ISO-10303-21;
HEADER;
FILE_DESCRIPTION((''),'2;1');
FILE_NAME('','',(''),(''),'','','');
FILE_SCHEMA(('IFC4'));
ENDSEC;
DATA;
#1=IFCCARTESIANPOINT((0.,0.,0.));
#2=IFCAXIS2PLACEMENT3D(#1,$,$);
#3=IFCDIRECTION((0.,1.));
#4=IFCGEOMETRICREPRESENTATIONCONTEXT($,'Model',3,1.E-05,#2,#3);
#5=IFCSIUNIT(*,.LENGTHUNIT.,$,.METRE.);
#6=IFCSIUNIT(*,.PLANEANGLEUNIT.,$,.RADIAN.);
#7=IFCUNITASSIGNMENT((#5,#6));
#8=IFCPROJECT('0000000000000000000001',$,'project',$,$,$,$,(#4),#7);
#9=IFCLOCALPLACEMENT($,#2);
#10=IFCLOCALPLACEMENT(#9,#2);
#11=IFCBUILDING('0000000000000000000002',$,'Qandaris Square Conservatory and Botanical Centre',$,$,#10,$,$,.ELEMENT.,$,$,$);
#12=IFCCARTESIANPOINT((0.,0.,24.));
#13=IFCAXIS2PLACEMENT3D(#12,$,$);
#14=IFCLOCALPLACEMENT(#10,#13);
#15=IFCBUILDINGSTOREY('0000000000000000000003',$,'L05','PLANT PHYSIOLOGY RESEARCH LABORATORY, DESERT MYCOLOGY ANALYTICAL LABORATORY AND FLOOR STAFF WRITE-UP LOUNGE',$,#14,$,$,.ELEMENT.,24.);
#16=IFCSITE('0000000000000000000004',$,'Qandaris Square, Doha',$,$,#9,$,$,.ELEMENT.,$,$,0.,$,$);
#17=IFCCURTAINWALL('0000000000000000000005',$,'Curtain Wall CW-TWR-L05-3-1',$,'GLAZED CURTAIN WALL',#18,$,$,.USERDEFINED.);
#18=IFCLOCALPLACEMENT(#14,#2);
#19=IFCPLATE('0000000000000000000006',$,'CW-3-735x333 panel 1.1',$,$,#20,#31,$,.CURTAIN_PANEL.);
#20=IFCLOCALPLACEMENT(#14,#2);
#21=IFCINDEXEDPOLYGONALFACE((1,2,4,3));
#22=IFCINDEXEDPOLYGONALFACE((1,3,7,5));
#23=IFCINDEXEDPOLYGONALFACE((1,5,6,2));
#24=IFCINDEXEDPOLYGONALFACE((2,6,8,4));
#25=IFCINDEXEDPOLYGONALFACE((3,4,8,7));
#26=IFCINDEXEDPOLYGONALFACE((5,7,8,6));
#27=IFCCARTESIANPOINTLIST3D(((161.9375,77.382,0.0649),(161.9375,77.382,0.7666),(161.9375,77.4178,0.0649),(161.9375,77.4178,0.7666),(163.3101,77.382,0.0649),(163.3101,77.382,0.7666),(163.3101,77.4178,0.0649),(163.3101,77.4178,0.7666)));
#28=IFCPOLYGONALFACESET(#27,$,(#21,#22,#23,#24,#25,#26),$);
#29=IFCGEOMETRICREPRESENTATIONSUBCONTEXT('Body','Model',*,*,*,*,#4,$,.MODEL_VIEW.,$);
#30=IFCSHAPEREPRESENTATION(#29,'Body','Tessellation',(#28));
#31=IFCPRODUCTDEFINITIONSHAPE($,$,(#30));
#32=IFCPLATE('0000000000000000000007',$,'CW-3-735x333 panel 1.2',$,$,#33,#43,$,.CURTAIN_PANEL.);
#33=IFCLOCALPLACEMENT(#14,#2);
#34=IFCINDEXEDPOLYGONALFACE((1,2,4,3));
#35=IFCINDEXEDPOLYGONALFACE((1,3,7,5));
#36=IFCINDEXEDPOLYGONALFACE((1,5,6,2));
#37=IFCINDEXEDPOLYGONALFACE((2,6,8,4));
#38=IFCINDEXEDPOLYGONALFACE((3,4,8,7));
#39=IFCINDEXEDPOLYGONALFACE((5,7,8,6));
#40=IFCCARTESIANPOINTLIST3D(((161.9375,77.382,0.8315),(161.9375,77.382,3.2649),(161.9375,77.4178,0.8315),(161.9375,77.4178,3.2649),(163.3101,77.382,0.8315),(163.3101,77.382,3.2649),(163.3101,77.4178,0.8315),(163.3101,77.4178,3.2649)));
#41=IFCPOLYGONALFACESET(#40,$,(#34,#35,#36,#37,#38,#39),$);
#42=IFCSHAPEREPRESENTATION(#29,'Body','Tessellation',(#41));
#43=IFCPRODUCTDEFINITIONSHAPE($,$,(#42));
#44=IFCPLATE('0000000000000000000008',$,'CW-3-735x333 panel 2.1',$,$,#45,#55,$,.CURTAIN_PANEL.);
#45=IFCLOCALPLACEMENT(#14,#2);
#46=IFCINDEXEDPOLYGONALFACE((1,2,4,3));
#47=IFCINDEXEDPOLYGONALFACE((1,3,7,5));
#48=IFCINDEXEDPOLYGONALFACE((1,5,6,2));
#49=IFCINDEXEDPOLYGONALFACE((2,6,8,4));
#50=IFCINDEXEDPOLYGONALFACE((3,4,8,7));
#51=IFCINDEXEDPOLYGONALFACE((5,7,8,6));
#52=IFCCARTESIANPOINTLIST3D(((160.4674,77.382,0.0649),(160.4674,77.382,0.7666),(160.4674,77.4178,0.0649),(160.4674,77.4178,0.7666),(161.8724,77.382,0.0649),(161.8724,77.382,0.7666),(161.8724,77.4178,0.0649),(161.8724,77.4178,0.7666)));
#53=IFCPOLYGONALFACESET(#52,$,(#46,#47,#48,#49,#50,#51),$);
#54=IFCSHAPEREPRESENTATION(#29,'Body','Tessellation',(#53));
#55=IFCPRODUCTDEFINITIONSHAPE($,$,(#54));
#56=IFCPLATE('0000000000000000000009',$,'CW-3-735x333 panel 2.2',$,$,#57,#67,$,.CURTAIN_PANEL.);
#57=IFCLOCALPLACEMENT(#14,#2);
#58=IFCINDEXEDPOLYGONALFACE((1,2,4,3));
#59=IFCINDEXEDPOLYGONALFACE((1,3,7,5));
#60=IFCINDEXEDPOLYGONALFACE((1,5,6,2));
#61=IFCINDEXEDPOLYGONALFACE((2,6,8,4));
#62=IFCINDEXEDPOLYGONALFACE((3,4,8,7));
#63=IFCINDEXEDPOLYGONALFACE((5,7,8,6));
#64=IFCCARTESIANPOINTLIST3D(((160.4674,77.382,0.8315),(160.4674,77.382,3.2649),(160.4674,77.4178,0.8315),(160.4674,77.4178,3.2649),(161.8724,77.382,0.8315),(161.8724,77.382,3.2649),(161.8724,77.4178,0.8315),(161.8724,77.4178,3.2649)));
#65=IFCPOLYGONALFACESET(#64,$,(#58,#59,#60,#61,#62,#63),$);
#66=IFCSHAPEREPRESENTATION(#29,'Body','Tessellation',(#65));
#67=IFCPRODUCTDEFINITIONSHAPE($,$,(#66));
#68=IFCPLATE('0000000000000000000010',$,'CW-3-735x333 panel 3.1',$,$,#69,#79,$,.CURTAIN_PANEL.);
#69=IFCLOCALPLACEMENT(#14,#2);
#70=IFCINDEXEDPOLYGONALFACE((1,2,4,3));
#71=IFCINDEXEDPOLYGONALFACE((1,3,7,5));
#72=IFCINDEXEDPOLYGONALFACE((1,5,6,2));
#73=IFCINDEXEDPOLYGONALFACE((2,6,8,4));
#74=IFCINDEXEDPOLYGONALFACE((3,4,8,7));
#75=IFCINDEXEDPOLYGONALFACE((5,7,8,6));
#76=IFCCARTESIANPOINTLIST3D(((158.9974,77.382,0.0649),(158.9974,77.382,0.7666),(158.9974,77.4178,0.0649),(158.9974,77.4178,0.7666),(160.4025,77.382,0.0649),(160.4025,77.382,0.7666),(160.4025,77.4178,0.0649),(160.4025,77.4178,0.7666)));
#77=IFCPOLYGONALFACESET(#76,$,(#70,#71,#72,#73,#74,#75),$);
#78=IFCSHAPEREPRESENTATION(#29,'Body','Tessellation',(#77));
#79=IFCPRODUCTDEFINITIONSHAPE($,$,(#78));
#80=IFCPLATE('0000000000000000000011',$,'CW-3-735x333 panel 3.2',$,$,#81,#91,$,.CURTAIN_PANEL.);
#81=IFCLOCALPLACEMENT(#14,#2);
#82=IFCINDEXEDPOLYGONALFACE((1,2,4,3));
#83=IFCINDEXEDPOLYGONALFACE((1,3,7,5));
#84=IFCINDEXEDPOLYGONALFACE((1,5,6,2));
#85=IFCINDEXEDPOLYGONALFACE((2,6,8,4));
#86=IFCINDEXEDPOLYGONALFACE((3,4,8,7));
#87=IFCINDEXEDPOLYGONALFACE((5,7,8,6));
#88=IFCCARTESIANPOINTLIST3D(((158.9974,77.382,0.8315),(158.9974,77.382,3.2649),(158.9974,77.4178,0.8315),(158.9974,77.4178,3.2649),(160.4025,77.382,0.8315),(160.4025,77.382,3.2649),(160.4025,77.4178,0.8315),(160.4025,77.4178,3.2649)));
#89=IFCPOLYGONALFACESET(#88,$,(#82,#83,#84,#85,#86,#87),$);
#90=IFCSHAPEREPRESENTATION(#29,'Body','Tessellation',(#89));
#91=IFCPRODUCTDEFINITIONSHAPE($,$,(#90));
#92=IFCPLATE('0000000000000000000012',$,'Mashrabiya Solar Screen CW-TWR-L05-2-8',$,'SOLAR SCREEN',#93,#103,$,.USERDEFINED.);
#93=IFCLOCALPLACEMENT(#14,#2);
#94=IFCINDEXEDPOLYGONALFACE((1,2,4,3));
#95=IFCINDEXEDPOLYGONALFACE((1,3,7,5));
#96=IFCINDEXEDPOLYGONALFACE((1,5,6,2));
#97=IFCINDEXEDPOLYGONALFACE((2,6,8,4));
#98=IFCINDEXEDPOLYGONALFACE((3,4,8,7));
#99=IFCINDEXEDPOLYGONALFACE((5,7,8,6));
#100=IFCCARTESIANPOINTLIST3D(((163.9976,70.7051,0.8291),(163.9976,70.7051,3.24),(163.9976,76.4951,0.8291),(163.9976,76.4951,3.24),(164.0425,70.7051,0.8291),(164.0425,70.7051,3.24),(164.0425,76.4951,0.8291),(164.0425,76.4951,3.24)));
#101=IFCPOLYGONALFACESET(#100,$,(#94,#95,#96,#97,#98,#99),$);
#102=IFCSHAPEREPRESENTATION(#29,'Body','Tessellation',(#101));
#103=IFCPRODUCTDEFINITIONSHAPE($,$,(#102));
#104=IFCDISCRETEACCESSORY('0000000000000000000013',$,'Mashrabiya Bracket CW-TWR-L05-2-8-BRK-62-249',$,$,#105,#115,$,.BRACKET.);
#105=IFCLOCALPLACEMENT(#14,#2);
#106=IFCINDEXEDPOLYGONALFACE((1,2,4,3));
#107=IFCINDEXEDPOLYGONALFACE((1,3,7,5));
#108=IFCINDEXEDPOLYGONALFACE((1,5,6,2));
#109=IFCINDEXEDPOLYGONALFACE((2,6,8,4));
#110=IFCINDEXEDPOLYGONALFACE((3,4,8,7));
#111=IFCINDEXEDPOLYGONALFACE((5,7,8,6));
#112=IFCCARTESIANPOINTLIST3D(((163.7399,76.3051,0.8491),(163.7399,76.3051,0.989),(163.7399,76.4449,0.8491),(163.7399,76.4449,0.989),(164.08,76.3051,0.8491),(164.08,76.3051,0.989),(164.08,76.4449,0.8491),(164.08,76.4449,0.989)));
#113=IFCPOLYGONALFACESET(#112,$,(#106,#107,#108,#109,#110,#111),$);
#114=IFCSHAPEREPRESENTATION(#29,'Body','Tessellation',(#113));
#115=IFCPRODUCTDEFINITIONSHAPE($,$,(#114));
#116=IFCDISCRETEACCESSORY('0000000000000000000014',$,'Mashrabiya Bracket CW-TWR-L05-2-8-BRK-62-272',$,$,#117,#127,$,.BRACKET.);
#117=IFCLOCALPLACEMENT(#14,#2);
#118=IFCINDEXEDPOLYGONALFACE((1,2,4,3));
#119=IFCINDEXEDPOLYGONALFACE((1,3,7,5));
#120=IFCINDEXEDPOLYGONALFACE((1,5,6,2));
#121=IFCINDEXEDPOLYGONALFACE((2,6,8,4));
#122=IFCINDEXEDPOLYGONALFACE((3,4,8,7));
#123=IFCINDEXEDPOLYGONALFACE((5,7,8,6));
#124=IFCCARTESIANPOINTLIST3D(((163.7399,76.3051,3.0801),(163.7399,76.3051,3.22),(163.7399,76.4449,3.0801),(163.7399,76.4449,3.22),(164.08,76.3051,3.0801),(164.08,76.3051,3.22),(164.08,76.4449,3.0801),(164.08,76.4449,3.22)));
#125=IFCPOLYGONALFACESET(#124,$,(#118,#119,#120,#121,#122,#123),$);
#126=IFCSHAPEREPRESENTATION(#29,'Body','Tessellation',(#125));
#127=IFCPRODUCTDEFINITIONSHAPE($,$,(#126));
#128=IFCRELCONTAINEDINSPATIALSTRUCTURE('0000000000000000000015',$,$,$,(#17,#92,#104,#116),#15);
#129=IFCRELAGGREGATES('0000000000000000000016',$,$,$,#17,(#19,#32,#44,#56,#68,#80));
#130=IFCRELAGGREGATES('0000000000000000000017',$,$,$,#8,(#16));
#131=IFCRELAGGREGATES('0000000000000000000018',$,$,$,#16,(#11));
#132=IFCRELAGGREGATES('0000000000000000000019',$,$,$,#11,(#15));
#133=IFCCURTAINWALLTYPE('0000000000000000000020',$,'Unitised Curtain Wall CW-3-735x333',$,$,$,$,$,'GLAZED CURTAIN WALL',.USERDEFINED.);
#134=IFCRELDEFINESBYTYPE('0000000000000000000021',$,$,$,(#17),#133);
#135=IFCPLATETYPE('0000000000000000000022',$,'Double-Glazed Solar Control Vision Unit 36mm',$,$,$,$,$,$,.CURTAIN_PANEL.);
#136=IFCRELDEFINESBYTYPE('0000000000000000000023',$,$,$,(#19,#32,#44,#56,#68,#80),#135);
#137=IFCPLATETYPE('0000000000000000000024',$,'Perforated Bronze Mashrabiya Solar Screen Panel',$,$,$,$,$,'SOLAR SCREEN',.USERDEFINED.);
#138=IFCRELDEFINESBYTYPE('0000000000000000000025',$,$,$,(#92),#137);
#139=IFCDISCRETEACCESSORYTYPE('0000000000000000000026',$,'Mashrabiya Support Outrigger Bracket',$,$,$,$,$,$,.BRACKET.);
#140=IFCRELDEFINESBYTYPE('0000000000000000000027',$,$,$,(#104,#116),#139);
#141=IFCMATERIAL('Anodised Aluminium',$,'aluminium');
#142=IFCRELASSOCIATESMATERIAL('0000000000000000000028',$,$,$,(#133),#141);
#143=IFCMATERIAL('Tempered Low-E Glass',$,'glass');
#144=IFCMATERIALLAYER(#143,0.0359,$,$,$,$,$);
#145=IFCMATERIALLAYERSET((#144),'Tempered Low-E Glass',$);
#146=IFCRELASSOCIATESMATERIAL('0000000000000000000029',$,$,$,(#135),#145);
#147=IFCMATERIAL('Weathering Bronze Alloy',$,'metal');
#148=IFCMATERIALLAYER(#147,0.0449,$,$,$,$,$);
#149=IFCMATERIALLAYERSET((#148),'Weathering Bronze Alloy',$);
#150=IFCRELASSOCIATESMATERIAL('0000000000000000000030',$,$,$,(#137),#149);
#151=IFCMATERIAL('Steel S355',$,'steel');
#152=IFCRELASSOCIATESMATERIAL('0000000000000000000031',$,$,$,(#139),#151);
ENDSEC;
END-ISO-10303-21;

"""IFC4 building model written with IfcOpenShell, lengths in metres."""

from ifc_helpers import new_model, si_unit, direction, frame, origin, origin_2d, place, context, subcontext, project, spatial, rectangle, extrude, material, layer, layer_set, type_object, element, aggregate, save


model = new_model("IFC4")

# Units and contexts
model_context = context("Model", 3, precision=1e-05, world=origin(), true_north=direction((0.0, 1.0)))
body_context = subcontext(model_context, "Body", "Model", "MODEL_VIEW")
ifc_project = project(units=[si_unit("LENGTHUNIT", "METRE"), si_unit("PLANEANGLEUNIT", "RADIAN")], contexts=[model_context])

# Site, building, storey
site_placement = place(None, origin())
site = spatial("IfcSite", under=ifc_project, at=site_placement, Name="Qandaris Square, Doha", CompositionType="ELEMENT", RefElevation=0.0)
building_placement = place(site_placement, origin())
building = spatial("IfcBuilding", under=site, at=building_placement, Name="Qandaris Square Conservatory and Botanical Centre", CompositionType="ELEMENT")
storey_placement = place(building_placement, frame((0.0, 0.0, 24.0)))
storey = spatial("IfcBuildingStorey", under=building, at=storey_placement, Name="L05", Description="PLANT PHYSIOLOGY RESEARCH LABORATORY, DESERT MYCOLOGY ANALYTICAL LABORATORY AND FLOOR STAFF WRITE-UP LOUNGE", CompositionType="ELEMENT", Elevation=24.0)

# Curtain wall
ifc_material_1 = material(Name="Anodised Aluminium", Category="aluminium")
curtain_wall_type_1 = type_object("IfcCurtainWallType", Name="Unitised Curtain Wall CW-3-735x333", ElementType="GLAZED CURTAIN WALL", PredefinedType="USERDEFINED", material=ifc_material_1)
curtain_wall_1_placement = place(storey_placement, origin())
curtain_wall_1 = element("IfcCurtainWall", 1, at=curtain_wall_1_placement, inside=storey, type_object=curtain_wall_type_1, Name="Curtain Wall CW-TWR-L05-3-1", ObjectType="GLAZED CURTAIN WALL", PredefinedType="USERDEFINED")

# Plates
ifc_material_2 = material(Name="Tempered Low-E Glass", Category="glass")
ifc_layer_1 = layer(ifc_material_2, 0.0359)
ifc_layer_set_1 = layer_set([ifc_layer_1], Name="Tempered Low-E Glass")
plate_type_1 = type_object("IfcPlateType", Name="Double-Glazed Solar Control Vision Unit 36mm", PredefinedType="CURTAIN_PANEL", material=ifc_layer_set_1)
plate_1_placement = place(storey_placement, frame((162.6238, 77.3999, 0.0649), z_axis=(0.0, 0.0, 1.0), x_axis=(-1.0, 0.0, 0.0)))
plate_1 = element("IfcPlate", 2, at=plate_1_placement, type_object=plate_type_1, Name="CW-3-735x333 panel 1.1", PredefinedType="CURTAIN_PANEL", context=body_context, shape_type="SweptSolid", body=[
    extrude(rectangle(XDim=1.3726, YDim=0.0359, at=origin_2d()), origin(), (0.0, 0.0, 1.0), 0.7017),
])
plate_2_placement = place(storey_placement, frame((162.6238, 77.3999, 0.8315), z_axis=(0.0, 0.0, 1.0), x_axis=(-1.0, 0.0, 0.0)))
plate_2 = element("IfcPlate", 3, at=plate_2_placement, type_object=plate_type_1, Name="CW-3-735x333 panel 1.2", PredefinedType="CURTAIN_PANEL", context=body_context, shape_type="SweptSolid", body=[
    extrude(rectangle(XDim=1.3726, YDim=0.0359, at=origin_2d()), origin(), (0.0, 0.0, 1.0), 2.4333),
])
plate_3_placement = place(storey_placement, frame((161.1699, 77.3999, 0.0649), z_axis=(0.0, 0.0, 1.0), x_axis=(-1.0, 0.0, 0.0)))
plate_3 = element("IfcPlate", 4, at=plate_3_placement, type_object=plate_type_1, Name="CW-3-735x333 panel 2.1", PredefinedType="CURTAIN_PANEL", context=body_context, shape_type="SweptSolid", body=[
    extrude(rectangle(XDim=1.405, YDim=0.0359, at=origin_2d()), origin(), (0.0, 0.0, 1.0), 0.7017),
])
plate_4_placement = place(storey_placement, frame((161.1699, 77.3999, 0.8315), z_axis=(0.0, 0.0, 1.0), x_axis=(-1.0, 0.0, 0.0)))
plate_4 = element("IfcPlate", 5, at=plate_4_placement, type_object=plate_type_1, Name="CW-3-735x333 panel 2.2", PredefinedType="CURTAIN_PANEL", context=body_context, shape_type="SweptSolid", body=[
    extrude(rectangle(XDim=1.405, YDim=0.0359, at=origin_2d()), origin(), (0.0, 0.0, 1.0), 2.4333),
])
plate_5_placement = place(storey_placement, frame((159.7, 77.3999, 0.0649), z_axis=(0.0, 0.0, 1.0), x_axis=(-1.0, 0.0, 0.0)))
plate_5 = element("IfcPlate", 6, at=plate_5_placement, type_object=plate_type_1, Name="CW-3-735x333 panel 3.1", PredefinedType="CURTAIN_PANEL", context=body_context, shape_type="SweptSolid", body=[
    extrude(rectangle(XDim=1.405, YDim=0.0359, at=origin_2d()), origin(), (0.0, 0.0, 1.0), 0.7017),
])
plate_6_placement = place(storey_placement, frame((159.7, 77.3999, 0.8315), z_axis=(0.0, 0.0, 1.0), x_axis=(-1.0, 0.0, 0.0)))
plate_6 = element("IfcPlate", 7, at=plate_6_placement, type_object=plate_type_1, Name="CW-3-735x333 panel 3.2", PredefinedType="CURTAIN_PANEL", context=body_context, shape_type="SweptSolid", body=[
    extrude(rectangle(XDim=1.405, YDim=0.0359, at=origin_2d()), origin(), (0.0, 0.0, 1.0), 2.4333),
])
aggregate(curtain_wall_1, [plate_1, plate_2, plate_3, plate_4, plate_5, plate_6])
ifc_material_3 = material(Name="Weathering Bronze Alloy", Category="metal")
ifc_layer_2 = layer(ifc_material_3, 0.0449)
ifc_layer_set_2 = layer_set([ifc_layer_2], Name="Weathering Bronze Alloy")
plate_type_2 = type_object("IfcPlateType", Name="Perforated Bronze Mashrabiya Solar Screen Panel", ElementType="SOLAR SCREEN", PredefinedType="USERDEFINED", material=ifc_layer_set_2)
plate_7_placement = place(storey_placement, frame((164.02, 73.6001, 0.8291), z_axis=(0.0, 0.0, 1.0), x_axis=(0.0, 1.0, 0.0)))
element("IfcPlate", 8, at=plate_7_placement, inside=storey, type_object=plate_type_2, Name="Mashrabiya Solar Screen CW-TWR-L05-2-8", ObjectType="SOLAR SCREEN", PredefinedType="USERDEFINED", context=body_context, shape_type="SweptSolid", body=[
    extrude(rectangle(XDim=5.79, YDim=0.0449, at=origin_2d()), origin(), (0.0, 0.0, 1.0), 2.4109),
])

# Discrete accessories
ifc_material_4 = material(Name="Steel S355", Category="steel")
discrete_accessory_type = type_object("IfcDiscreteAccessoryType", Name="Mashrabiya Support Outrigger Bracket", PredefinedType="BRACKET", material=ifc_material_4)
for number, where, z_axis, x_axis, name in (
    (9, (163.9099, 76.375, 0.8491), (0.0, 0.0, 1.0), (0.0, 1.0, 0.0), "Mashrabiya Bracket CW-TWR-L05-2-8-BRK-62-249"),
    (10, (163.9099, 76.375, 3.0801), (0.0, 0.0, 1.0), (0.0, 1.0, 0.0), "Mashrabiya Bracket CW-TWR-L05-2-8-BRK-62-272"),
):
    element("IfcDiscreteAccessory", number, at=place(storey_placement, frame(where, z_axis=z_axis, x_axis=x_axis)), inside=storey, type_object=discrete_accessory_type, Name=name, PredefinedType="BRACKET", context=body_context, shape_type="SweptSolid", body=[
        extrude(rectangle(XDim=0.1399, YDim=0.3401, at=origin_2d()), origin(), (0.0, 0.0, 1.0), 0.1399),
    ])

save(model, "model.ifc")
